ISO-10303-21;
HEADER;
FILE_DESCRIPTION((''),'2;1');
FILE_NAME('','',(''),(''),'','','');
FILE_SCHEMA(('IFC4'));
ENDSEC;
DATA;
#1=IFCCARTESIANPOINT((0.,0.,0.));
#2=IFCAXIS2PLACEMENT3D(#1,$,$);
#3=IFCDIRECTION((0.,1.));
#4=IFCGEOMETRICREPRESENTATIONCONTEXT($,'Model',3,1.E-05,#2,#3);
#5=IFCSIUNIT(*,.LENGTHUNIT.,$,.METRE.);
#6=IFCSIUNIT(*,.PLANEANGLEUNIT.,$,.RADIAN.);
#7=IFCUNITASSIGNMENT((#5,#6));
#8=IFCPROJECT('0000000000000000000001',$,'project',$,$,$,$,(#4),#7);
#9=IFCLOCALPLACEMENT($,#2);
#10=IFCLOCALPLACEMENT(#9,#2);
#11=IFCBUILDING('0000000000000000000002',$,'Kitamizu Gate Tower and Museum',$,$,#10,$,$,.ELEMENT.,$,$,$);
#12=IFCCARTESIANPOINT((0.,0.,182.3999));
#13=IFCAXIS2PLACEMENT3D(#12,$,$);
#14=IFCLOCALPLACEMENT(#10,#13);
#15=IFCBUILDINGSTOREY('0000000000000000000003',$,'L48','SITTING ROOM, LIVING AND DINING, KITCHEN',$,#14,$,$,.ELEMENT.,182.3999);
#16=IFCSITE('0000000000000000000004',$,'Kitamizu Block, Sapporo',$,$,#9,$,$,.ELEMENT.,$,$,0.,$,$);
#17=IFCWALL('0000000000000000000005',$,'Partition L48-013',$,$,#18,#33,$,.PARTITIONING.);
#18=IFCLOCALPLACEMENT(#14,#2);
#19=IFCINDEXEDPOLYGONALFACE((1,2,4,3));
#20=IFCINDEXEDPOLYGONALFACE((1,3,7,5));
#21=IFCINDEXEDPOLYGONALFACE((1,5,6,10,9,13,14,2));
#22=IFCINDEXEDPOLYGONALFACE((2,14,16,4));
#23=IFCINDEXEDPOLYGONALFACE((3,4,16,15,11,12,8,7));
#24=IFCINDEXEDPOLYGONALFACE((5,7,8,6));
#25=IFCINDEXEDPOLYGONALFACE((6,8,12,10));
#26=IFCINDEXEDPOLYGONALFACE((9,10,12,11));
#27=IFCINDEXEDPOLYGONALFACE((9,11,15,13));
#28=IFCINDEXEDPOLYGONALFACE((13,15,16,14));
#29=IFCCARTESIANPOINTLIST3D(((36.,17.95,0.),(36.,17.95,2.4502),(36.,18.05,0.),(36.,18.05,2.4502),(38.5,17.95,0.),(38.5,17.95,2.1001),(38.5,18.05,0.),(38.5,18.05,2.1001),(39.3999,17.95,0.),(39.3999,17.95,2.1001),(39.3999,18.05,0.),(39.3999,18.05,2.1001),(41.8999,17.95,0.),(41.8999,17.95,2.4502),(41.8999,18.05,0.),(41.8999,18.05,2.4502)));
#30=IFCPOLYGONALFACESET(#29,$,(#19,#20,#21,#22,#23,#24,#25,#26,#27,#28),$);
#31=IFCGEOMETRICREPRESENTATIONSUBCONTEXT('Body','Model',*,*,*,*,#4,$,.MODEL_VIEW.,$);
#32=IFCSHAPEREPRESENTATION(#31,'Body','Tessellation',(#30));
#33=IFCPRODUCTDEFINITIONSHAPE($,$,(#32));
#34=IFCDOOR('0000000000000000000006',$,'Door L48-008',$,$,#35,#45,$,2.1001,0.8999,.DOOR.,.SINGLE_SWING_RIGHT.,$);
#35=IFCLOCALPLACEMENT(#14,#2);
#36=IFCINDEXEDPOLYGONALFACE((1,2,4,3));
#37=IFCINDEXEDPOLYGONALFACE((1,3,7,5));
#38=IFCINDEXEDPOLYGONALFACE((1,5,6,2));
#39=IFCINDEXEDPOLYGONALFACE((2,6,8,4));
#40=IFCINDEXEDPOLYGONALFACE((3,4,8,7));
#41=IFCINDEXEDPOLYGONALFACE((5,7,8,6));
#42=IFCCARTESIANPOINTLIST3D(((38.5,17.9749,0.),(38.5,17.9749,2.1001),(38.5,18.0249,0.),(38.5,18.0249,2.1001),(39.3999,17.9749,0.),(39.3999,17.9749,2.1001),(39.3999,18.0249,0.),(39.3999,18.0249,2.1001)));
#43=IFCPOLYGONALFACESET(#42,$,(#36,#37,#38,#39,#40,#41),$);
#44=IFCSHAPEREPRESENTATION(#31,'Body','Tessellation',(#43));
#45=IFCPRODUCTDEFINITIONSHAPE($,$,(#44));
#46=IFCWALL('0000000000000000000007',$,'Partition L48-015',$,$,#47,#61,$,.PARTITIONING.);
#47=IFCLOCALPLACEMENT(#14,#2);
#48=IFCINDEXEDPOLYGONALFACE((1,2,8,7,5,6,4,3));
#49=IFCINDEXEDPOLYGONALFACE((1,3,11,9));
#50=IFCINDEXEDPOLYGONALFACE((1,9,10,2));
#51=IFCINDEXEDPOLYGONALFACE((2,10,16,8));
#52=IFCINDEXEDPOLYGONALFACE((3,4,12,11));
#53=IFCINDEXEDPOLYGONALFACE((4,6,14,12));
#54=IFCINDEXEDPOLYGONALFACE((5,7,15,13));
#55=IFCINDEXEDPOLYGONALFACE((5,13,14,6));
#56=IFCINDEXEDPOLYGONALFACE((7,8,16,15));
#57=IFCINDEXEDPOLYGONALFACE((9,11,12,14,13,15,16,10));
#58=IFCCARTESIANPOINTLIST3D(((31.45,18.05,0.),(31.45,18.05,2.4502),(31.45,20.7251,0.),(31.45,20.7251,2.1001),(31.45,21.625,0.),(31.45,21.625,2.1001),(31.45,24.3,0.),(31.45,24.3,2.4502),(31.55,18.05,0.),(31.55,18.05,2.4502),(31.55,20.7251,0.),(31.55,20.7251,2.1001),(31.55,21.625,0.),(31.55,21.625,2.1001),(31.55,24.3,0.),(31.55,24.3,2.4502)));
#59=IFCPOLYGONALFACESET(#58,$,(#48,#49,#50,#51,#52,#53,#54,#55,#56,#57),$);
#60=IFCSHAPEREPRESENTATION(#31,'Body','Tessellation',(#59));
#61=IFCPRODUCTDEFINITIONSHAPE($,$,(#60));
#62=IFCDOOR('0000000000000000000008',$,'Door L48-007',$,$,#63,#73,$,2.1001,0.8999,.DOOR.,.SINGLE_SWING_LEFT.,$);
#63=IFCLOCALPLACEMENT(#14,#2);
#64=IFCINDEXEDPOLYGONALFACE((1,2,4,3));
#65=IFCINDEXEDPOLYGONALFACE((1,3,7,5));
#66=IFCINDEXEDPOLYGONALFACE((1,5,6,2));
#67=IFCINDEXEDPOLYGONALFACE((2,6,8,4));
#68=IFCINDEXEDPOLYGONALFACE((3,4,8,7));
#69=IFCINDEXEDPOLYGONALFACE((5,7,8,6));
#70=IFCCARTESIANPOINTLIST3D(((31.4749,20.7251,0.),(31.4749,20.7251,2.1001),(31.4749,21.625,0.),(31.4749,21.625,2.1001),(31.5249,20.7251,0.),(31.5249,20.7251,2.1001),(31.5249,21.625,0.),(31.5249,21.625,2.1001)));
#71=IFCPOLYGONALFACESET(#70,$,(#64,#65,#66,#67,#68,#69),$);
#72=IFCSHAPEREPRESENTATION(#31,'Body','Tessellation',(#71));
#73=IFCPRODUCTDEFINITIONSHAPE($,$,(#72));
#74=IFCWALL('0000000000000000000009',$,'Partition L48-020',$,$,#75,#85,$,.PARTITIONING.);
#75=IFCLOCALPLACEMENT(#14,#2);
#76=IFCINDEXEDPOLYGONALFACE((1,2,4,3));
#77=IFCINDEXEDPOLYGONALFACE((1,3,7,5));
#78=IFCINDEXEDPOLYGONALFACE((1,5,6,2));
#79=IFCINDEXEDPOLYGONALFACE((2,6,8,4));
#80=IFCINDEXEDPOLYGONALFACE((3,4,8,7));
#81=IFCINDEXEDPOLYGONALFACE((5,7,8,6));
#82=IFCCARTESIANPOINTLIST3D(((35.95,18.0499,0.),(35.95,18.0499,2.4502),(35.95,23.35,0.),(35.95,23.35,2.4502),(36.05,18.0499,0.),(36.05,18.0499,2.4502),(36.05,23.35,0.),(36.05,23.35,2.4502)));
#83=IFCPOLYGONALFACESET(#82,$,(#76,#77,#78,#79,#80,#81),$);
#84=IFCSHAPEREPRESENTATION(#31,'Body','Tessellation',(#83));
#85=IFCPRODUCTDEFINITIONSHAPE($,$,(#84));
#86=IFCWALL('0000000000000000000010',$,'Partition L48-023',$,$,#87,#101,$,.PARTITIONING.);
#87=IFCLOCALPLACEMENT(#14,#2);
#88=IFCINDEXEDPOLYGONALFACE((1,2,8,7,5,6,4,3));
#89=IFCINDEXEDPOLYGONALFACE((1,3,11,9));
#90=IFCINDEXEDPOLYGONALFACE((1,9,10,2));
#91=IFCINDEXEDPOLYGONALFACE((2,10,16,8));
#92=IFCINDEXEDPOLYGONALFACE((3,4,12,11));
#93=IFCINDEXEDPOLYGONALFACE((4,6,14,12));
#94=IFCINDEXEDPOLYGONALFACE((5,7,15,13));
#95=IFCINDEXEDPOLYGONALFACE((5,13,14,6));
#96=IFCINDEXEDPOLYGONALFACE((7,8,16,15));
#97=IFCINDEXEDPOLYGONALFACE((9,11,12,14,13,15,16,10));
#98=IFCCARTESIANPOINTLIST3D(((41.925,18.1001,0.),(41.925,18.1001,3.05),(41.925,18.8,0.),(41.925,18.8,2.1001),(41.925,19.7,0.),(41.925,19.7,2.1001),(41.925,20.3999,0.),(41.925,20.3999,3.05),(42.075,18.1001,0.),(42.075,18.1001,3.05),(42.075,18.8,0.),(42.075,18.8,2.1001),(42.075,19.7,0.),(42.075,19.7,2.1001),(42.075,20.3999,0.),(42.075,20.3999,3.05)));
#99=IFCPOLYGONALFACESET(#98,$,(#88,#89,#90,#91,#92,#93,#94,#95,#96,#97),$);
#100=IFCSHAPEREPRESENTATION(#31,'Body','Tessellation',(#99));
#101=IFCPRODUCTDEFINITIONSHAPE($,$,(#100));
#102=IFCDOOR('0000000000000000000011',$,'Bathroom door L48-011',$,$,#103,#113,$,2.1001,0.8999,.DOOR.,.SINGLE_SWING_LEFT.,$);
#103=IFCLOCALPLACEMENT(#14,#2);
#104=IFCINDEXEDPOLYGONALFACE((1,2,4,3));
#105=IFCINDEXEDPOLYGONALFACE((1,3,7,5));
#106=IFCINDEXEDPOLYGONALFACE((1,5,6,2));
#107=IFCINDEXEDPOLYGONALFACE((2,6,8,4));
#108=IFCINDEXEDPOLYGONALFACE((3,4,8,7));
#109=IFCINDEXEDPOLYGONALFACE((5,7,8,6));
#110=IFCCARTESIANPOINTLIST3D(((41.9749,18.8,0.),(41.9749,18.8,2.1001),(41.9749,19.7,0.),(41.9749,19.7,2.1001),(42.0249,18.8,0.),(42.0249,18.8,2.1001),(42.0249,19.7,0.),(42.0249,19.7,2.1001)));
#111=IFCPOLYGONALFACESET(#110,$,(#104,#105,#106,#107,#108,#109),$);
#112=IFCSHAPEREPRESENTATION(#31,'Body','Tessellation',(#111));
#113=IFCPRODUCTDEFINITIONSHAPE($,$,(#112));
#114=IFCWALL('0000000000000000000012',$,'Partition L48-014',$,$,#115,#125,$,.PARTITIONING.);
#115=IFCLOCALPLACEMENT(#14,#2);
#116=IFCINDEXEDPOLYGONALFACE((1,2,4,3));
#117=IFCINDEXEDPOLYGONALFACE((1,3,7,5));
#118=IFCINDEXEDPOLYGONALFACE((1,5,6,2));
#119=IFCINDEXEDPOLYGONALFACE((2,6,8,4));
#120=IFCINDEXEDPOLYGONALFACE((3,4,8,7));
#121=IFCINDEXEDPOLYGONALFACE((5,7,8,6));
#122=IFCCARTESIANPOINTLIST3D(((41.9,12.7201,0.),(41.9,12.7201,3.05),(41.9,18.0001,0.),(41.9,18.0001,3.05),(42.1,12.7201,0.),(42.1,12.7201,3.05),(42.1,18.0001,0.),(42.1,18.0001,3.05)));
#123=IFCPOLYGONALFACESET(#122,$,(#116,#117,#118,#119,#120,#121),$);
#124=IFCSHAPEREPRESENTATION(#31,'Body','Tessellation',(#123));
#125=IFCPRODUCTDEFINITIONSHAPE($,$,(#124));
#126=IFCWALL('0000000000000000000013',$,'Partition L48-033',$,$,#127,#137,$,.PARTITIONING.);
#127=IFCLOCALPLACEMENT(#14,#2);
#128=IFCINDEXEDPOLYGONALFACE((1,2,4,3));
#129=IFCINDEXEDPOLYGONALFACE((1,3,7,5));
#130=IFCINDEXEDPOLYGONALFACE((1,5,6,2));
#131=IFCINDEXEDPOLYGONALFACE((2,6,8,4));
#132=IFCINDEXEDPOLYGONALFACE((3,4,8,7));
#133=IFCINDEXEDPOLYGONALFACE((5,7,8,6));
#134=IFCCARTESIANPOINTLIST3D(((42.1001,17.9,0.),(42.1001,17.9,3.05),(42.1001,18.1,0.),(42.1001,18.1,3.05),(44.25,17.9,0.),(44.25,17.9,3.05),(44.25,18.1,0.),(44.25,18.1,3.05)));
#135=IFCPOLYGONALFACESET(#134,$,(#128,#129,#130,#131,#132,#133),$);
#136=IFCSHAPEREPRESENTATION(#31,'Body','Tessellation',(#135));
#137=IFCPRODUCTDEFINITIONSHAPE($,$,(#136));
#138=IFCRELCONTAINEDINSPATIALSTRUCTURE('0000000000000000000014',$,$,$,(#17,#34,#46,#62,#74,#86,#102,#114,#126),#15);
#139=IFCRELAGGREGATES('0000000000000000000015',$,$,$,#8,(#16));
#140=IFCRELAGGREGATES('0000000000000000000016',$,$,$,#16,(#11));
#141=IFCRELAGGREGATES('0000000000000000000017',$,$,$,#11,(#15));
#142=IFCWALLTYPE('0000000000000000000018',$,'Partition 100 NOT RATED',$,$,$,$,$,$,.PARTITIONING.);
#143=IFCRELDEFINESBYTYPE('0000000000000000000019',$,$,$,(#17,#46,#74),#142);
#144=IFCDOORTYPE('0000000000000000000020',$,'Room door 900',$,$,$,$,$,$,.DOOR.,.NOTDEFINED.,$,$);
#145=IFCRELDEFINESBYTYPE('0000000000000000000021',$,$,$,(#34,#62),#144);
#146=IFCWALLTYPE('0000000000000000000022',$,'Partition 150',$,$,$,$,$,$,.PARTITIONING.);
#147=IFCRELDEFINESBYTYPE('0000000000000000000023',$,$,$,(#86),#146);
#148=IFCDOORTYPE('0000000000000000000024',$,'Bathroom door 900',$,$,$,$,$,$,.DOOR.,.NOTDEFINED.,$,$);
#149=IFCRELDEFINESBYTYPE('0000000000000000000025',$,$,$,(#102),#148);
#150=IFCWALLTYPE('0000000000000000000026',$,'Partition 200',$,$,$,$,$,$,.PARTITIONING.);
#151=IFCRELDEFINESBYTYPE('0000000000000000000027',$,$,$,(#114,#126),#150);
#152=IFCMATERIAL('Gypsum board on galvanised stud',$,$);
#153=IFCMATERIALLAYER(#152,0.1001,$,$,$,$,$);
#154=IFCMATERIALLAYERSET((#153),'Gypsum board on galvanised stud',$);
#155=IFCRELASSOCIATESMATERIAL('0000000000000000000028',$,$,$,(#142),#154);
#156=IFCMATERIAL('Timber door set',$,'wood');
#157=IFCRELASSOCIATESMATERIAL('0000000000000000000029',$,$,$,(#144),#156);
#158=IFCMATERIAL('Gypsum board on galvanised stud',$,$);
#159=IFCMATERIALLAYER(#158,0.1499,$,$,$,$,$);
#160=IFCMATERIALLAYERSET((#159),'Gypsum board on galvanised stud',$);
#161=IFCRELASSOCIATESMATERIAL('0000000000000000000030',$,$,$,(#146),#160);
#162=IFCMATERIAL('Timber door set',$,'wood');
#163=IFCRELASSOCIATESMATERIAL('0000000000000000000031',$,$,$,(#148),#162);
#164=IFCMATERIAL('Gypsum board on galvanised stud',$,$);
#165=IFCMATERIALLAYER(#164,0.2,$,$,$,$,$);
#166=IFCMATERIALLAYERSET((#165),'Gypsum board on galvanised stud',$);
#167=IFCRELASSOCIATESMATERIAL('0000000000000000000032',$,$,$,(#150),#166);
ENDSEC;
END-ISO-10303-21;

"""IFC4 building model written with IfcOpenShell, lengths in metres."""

from ifc_helpers import new_model, si_unit, direction, frame, frame_2d, origin, place, context, subcontext, project, spatial, rectangle, extrude, material, layer, layer_set, type_object, element, fill, save


model = new_model("IFC4")

# Units and contexts
model_context = context("Model", 3, precision=1e-05, world=origin(), true_north=direction((0.0, 1.0)))
body_context = subcontext(model_context, "Body", "Model", "MODEL_VIEW")
ifc_project = project(units=[si_unit("LENGTHUNIT", "METRE"), si_unit("PLANEANGLEUNIT", "RADIAN")], contexts=[model_context])

# Site, building, storey
site_placement = place(None, origin())
site = spatial("IfcSite", under=ifc_project, at=site_placement, Name="Kitamizu Block, Sapporo", CompositionType="ELEMENT", RefElevation=0.0)
building_placement = place(site_placement, origin())
building = spatial("IfcBuilding", under=site, at=building_placement, Name="Kitamizu Gate Tower and Museum", CompositionType="ELEMENT")
storey_placement = place(building_placement, frame((0.0, 0.0, 182.3999)))
storey = spatial("IfcBuildingStorey", under=building, at=storey_placement, Name="L48", Description="SITTING ROOM, LIVING AND DINING, KITCHEN", CompositionType="ELEMENT", Elevation=182.3999)

# Shared definitions
ifc_material_1 = material(Name="Gypsum board on galvanised stud")
ifc_layer_1 = layer(ifc_material_1, 0.1001)
ifc_layer_set_1 = layer_set([ifc_layer_1], Name="Gypsum board on galvanised stud")
wall_type_1 = type_object("IfcWallType", Name="Partition 100 NOT RATED", PredefinedType="PARTITIONING", material=ifc_layer_set_1)
ifc_material_2 = material(Name="Timber door set", Category="wood")
door_type_1 = type_object("IfcDoorType", Name="Room door 900", OperationType="NOTDEFINED", PredefinedType="DOOR", material=ifc_material_2)

# Walls, openings, doors
wall_1_placement = place(storey_placement, frame((41.8999, 18.0, 0.0), z_axis=(0.0, 0.0, 1.0), x_axis=(-1.0, 0.0, 0.0)))
wall_1 = element("IfcWall", 1, at=wall_1_placement, inside=storey, type_object=wall_type_1, Name="Partition L48-013", PredefinedType="PARTITIONING", context=body_context, shape_type="SweptSolid", body=[
    extrude(rectangle(XDim=5.8999, YDim=0.1001, at=frame_2d((2.95, 0.0))), origin(), (0.0, 0.0, 1.0), 2.4502),
])
opening_1_placement = place(wall_1_placement, frame((2.5, 0.0, 0.0)))
opening_1 = element("IfcOpeningElement", 2, at=opening_1_placement, cuts=wall_1, PredefinedType="OPENING", context=body_context, shape_type="SweptSolid", body=[
    extrude(rectangle(XDim=0.8999, YDim=2.1001, at=frame_2d((0.45, 1.05))), frame((0.0, 0.0601, 0.0), z_axis=(0.0, -1.0, 0.0), x_axis=(1.0, 0.0, 0.0)), (0.0, 0.0, 1.0), 0.1201),
])
door_1_placement = place(opening_1_placement, frame((0.8999, 0.0, 0.0), x_axis=(-1.0, 0.0, 0.0)))
door_1 = element("IfcDoor", 3, at=door_1_placement, inside=storey, type_object=door_type_1, Name="Door L48-008", OperationType="SINGLE_SWING_RIGHT", OverallHeight=2.1001, OverallWidth=0.8999, PredefinedType="DOOR", context=body_context, shape_type="SweptSolid", body=[
    extrude(rectangle(XDim=0.8999, YDim=2.1001, at=frame_2d((0.45, 1.05))), frame((0.0, 0.0249, 0.0), z_axis=(0.0, -1.0, 0.0), x_axis=(1.0, 0.0, 0.0)), (0.0, 0.0, 1.0), 0.05),
])
fill(opening_1, door_1)
wall_2_placement = place(storey_placement, frame((31.5, 18.05, 0.0), z_axis=(0.0, 0.0, 1.0), x_axis=(0.0, 1.0, 0.0)))
wall_2 = element("IfcWall", 4, at=wall_2_placement, inside=storey, type_object=wall_type_1, Name="Partition L48-015", PredefinedType="PARTITIONING", context=body_context, shape_type="SweptSolid", body=[
    extrude(rectangle(XDim=6.25, YDim=0.1001, at=frame_2d((3.125, 0.0))), origin(), (0.0, 0.0, 1.0), 2.4502),
])
opening_2_placement = place(wall_2_placement, frame((2.675, 0.0, 0.0)))
opening_2 = element("IfcOpeningElement", 5, at=opening_2_placement, cuts=wall_2, PredefinedType="OPENING", context=body_context, shape_type="SweptSolid", body=[
    extrude(rectangle(XDim=0.8999, YDim=2.1001, at=frame_2d((0.45, 1.05))), frame((0.0, 0.0601, 0.0), z_axis=(0.0, -1.0, 0.0), x_axis=(1.0, 0.0, 0.0)), (0.0, 0.0, 1.0), 0.1201),
])
door_2_placement = place(opening_2_placement, frame((0.8999, 0.0, 0.0), x_axis=(-1.0, 0.0, 0.0)))
door_2 = element("IfcDoor", 6, at=door_2_placement, inside=storey, type_object=door_type_1, Name="Door L48-007", OperationType="SINGLE_SWING_LEFT", OverallHeight=2.1001, OverallWidth=0.8999, PredefinedType="DOOR", context=body_context, shape_type="SweptSolid", body=[
    extrude(rectangle(XDim=0.8999, YDim=2.1001, at=frame_2d((0.45, 1.05))), frame((0.0, 0.0249, 0.0), z_axis=(0.0, -1.0, 0.0), x_axis=(1.0, 0.0, 0.0)), (0.0, 0.0, 1.0), 0.05),
])
fill(opening_2, door_2)

# Wall
wall_3_placement = place(storey_placement, frame((36.0, 18.05, 0.0), z_axis=(0.0, 0.0, 1.0), x_axis=(0.0, 1.0, 0.0)))
element("IfcWall", 7, at=wall_3_placement, inside=storey, type_object=wall_type_1, Name="Partition L48-020", PredefinedType="PARTITIONING", context=body_context, shape_type="SweptSolid", body=[
    extrude(rectangle(XDim=5.3, YDim=0.1001, at=frame_2d((2.6499, 0.0))), origin(), (0.0, 0.0, 1.0), 2.4502),
])

# Wall, opening, door
ifc_material_3 = material(Name="Gypsum board on galvanised stud")
ifc_layer_2 = layer(ifc_material_3, 0.1499)
ifc_layer_set_2 = layer_set([ifc_layer_2], Name="Gypsum board on galvanised stud")
wall_type_2 = type_object("IfcWallType", Name="Partition 150", PredefinedType="PARTITIONING", material=ifc_layer_set_2)
wall_4_placement = place(storey_placement, frame((42.0, 18.1001, 0.0), z_axis=(0.0, 0.0, 1.0), x_axis=(0.0, 1.0, 0.0)))
wall_4 = element("IfcWall", 8, at=wall_4_placement, inside=storey, type_object=wall_type_2, Name="Partition L48-023", PredefinedType="PARTITIONING", context=body_context, shape_type="SweptSolid", body=[
    extrude(rectangle(XDim=2.2998, YDim=0.1499, at=frame_2d((1.1499, 0.0))), origin(), (0.0, 0.0, 1.0), 3.05),
])
opening_3_placement = place(wall_4_placement, frame((0.7, 0.0, 0.0)))
opening_3 = element("IfcOpeningElement", 9, at=opening_3_placement, cuts=wall_4, PredefinedType="OPENING", context=body_context, shape_type="SweptSolid", body=[
    extrude(rectangle(XDim=0.8999, YDim=2.1001, at=frame_2d((0.45, 1.05))), frame((0.0, 0.085, 0.0), z_axis=(0.0, -1.0, 0.0), x_axis=(1.0, 0.0, 0.0)), (0.0, 0.0, 1.0), 0.1699),
])
ifc_material_4 = material(Name="Timber door set", Category="wood")
door_type_2 = type_object("IfcDoorType", Name="Bathroom door 900", OperationType="NOTDEFINED", PredefinedType="DOOR", material=ifc_material_4)
door_3_placement = place(opening_3_placement, frame((0.8999, 0.0, 0.0), x_axis=(-1.0, 0.0, 0.0)))
door_3 = element("IfcDoor", 10, at=door_3_placement, inside=storey, type_object=door_type_2, Name="Bathroom door L48-011", OperationType="SINGLE_SWING_LEFT", OverallHeight=2.1001, OverallWidth=0.8999, PredefinedType="DOOR", context=body_context, shape_type="SweptSolid", body=[
    extrude(rectangle(XDim=0.8999, YDim=2.1001, at=frame_2d((0.45, 1.05))), frame((0.0, 0.0249, 0.0), z_axis=(0.0, -1.0, 0.0), x_axis=(1.0, 0.0, 0.0)), (0.0, 0.0, 1.0), 0.05),
])
fill(opening_3, door_3)

# Walls
ifc_material_5 = material(Name="Gypsum board on galvanised stud")
ifc_layer_3 = layer(ifc_material_5, 0.2)
ifc_layer_set_3 = layer_set([ifc_layer_3], Name="Gypsum board on galvanised stud")
wall_type_3 = type_object("IfcWallType", Name="Partition 200", PredefinedType="PARTITIONING", material=ifc_layer_set_3)
wall_5_placement = place(storey_placement, frame((42.0, 12.72, 0.0), z_axis=(0.0, 0.0, 1.0), x_axis=(0.0, 1.0, 0.0)))
element("IfcWall", 11, at=wall_5_placement, inside=storey, type_object=wall_type_3, Name="Partition L48-014", PredefinedType="PARTITIONING", context=body_context, shape_type="SweptSolid", body=[
    extrude(rectangle(XDim=5.28, YDim=0.2, at=frame_2d((2.6401, 0.0))), origin(), (0.0, 0.0, 1.0), 3.05),
])
wall_6_placement = place(storey_placement, frame((42.1001, 18.0, 0.0), z_axis=(0.0, 0.0, 1.0), x_axis=(1.0, 0.0, 0.0)))
element("IfcWall", 12, at=wall_6_placement, inside=storey, type_object=wall_type_3, Name="Partition L48-033", PredefinedType="PARTITIONING", context=body_context, shape_type="SweptSolid", body=[
    extrude(rectangle(XDim=2.1499, YDim=0.2, at=frame_2d((1.075, 0.0))), origin(), (0.0, 0.0, 1.0), 3.05),
])

save(model, "model.ifc")
